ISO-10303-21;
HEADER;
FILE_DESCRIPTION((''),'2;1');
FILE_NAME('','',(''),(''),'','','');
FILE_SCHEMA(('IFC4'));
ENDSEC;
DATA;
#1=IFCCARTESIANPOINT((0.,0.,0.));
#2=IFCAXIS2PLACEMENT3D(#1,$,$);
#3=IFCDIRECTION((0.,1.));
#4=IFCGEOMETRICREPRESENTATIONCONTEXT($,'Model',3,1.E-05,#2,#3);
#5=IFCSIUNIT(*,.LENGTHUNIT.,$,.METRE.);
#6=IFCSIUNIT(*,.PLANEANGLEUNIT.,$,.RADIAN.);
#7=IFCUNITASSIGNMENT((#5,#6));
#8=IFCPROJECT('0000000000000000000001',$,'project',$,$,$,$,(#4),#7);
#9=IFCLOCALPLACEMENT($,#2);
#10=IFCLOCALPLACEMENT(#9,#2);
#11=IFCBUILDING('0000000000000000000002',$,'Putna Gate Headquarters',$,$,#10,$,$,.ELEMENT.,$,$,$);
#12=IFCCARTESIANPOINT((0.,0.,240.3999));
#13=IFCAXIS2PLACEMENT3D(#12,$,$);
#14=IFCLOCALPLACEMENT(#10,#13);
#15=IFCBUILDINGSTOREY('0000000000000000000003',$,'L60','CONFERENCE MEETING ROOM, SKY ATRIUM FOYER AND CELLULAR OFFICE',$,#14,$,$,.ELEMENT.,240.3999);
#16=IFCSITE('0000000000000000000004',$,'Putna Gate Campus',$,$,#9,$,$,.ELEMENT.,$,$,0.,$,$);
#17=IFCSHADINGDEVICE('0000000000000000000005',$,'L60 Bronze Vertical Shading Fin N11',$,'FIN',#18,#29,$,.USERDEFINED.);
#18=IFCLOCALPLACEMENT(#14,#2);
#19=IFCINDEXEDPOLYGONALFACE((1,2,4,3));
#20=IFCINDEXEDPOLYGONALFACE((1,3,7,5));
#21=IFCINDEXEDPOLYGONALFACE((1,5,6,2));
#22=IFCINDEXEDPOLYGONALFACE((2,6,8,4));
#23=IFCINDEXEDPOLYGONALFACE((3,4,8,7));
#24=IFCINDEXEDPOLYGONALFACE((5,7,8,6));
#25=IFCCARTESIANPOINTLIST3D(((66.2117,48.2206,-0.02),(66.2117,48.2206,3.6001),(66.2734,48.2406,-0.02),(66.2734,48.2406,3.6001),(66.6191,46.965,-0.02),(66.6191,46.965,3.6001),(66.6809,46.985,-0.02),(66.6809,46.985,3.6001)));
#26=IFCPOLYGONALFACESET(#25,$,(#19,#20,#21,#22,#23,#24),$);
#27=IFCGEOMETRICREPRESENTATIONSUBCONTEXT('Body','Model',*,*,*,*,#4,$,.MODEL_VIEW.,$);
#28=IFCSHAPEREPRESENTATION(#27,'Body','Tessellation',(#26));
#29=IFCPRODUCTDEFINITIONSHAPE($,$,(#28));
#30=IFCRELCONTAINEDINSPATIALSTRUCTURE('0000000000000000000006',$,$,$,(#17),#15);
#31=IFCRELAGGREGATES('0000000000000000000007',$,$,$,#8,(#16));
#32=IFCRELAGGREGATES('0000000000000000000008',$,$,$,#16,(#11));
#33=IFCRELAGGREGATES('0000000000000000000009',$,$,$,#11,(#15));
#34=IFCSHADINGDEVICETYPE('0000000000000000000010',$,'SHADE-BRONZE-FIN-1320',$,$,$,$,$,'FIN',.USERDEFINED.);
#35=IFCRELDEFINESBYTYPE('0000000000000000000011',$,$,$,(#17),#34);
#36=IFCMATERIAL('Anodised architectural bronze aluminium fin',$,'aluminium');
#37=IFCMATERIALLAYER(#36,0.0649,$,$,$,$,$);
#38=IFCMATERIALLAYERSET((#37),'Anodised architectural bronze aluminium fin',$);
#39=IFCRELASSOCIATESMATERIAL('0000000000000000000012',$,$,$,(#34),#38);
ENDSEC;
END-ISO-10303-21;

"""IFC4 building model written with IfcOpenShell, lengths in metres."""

from ifc_helpers import new_model, si_unit, direction, frame, origin, origin_2d, place, context, subcontext, project, spatial, rectangle, extrude, material, layer, layer_set, type_object, element, save


model = new_model("IFC4")

# Units and contexts
model_context = context("Model", 3, precision=1e-05, world=origin(), true_north=direction((0.0, 1.0)))
body_context = subcontext(model_context, "Body", "Model", "MODEL_VIEW")
ifc_project = project(units=[si_unit("LENGTHUNIT", "METRE"), si_unit("PLANEANGLEUNIT", "RADIAN")], contexts=[model_context])

# Site, building, storey
site_placement = place(None, origin())
site = spatial("IfcSite", under=ifc_project, at=site_placement, Name="Putna Gate Campus", CompositionType="ELEMENT", RefElevation=0.0)
building_placement = place(site_placement, origin())
building = spatial("IfcBuilding", under=site, at=building_placement, Name="Putna Gate Headquarters", CompositionType="ELEMENT")
storey_placement = place(building_placement, frame((0.0, 0.0, 240.3999)))
storey = spatial("IfcBuildingStorey", under=building, at=storey_placement, Name="L60", Description="CONFERENCE MEETING ROOM, SKY ATRIUM FOYER AND CELLULAR OFFICE", CompositionType="ELEMENT", Elevation=240.3999)

# Shading device
ifc_material_1 = material(Name="Anodised architectural bronze aluminium fin", Category="aluminium")
ifc_layer_1 = layer(ifc_material_1, 0.0649)
ifc_layer_set_1 = layer_set([ifc_layer_1], Name="Anodised architectural bronze aluminium fin")
shading_device_type = type_object("IfcShadingDeviceType", Name="SHADE-BRONZE-FIN-1320", ElementType="FIN", PredefinedType="USERDEFINED", material=ifc_layer_set_1)
for number, where, z_axis, x_axis, name in (
    (1, (66.4463, 47.6028, -0.02), (0.0, 0.0, 1.0), (-0.308685, 0.951164, 0.0), "L60 Bronze Vertical Shading Fin N11"),
):
    element("IfcShadingDevice", number, at=place(storey_placement, frame(where, z_axis=z_axis, x_axis=x_axis)), inside=storey, type_object=shading_device_type, Name=name, ObjectType="FIN", PredefinedType="USERDEFINED", context=body_context, shape_type="SweptSolid", body=[
        extrude(rectangle(XDim=1.3201, YDim=0.0649, at=origin_2d()), origin(), (0.0, 0.0, 1.0), 3.6201),
    ])

save(model, "model.ifc")
